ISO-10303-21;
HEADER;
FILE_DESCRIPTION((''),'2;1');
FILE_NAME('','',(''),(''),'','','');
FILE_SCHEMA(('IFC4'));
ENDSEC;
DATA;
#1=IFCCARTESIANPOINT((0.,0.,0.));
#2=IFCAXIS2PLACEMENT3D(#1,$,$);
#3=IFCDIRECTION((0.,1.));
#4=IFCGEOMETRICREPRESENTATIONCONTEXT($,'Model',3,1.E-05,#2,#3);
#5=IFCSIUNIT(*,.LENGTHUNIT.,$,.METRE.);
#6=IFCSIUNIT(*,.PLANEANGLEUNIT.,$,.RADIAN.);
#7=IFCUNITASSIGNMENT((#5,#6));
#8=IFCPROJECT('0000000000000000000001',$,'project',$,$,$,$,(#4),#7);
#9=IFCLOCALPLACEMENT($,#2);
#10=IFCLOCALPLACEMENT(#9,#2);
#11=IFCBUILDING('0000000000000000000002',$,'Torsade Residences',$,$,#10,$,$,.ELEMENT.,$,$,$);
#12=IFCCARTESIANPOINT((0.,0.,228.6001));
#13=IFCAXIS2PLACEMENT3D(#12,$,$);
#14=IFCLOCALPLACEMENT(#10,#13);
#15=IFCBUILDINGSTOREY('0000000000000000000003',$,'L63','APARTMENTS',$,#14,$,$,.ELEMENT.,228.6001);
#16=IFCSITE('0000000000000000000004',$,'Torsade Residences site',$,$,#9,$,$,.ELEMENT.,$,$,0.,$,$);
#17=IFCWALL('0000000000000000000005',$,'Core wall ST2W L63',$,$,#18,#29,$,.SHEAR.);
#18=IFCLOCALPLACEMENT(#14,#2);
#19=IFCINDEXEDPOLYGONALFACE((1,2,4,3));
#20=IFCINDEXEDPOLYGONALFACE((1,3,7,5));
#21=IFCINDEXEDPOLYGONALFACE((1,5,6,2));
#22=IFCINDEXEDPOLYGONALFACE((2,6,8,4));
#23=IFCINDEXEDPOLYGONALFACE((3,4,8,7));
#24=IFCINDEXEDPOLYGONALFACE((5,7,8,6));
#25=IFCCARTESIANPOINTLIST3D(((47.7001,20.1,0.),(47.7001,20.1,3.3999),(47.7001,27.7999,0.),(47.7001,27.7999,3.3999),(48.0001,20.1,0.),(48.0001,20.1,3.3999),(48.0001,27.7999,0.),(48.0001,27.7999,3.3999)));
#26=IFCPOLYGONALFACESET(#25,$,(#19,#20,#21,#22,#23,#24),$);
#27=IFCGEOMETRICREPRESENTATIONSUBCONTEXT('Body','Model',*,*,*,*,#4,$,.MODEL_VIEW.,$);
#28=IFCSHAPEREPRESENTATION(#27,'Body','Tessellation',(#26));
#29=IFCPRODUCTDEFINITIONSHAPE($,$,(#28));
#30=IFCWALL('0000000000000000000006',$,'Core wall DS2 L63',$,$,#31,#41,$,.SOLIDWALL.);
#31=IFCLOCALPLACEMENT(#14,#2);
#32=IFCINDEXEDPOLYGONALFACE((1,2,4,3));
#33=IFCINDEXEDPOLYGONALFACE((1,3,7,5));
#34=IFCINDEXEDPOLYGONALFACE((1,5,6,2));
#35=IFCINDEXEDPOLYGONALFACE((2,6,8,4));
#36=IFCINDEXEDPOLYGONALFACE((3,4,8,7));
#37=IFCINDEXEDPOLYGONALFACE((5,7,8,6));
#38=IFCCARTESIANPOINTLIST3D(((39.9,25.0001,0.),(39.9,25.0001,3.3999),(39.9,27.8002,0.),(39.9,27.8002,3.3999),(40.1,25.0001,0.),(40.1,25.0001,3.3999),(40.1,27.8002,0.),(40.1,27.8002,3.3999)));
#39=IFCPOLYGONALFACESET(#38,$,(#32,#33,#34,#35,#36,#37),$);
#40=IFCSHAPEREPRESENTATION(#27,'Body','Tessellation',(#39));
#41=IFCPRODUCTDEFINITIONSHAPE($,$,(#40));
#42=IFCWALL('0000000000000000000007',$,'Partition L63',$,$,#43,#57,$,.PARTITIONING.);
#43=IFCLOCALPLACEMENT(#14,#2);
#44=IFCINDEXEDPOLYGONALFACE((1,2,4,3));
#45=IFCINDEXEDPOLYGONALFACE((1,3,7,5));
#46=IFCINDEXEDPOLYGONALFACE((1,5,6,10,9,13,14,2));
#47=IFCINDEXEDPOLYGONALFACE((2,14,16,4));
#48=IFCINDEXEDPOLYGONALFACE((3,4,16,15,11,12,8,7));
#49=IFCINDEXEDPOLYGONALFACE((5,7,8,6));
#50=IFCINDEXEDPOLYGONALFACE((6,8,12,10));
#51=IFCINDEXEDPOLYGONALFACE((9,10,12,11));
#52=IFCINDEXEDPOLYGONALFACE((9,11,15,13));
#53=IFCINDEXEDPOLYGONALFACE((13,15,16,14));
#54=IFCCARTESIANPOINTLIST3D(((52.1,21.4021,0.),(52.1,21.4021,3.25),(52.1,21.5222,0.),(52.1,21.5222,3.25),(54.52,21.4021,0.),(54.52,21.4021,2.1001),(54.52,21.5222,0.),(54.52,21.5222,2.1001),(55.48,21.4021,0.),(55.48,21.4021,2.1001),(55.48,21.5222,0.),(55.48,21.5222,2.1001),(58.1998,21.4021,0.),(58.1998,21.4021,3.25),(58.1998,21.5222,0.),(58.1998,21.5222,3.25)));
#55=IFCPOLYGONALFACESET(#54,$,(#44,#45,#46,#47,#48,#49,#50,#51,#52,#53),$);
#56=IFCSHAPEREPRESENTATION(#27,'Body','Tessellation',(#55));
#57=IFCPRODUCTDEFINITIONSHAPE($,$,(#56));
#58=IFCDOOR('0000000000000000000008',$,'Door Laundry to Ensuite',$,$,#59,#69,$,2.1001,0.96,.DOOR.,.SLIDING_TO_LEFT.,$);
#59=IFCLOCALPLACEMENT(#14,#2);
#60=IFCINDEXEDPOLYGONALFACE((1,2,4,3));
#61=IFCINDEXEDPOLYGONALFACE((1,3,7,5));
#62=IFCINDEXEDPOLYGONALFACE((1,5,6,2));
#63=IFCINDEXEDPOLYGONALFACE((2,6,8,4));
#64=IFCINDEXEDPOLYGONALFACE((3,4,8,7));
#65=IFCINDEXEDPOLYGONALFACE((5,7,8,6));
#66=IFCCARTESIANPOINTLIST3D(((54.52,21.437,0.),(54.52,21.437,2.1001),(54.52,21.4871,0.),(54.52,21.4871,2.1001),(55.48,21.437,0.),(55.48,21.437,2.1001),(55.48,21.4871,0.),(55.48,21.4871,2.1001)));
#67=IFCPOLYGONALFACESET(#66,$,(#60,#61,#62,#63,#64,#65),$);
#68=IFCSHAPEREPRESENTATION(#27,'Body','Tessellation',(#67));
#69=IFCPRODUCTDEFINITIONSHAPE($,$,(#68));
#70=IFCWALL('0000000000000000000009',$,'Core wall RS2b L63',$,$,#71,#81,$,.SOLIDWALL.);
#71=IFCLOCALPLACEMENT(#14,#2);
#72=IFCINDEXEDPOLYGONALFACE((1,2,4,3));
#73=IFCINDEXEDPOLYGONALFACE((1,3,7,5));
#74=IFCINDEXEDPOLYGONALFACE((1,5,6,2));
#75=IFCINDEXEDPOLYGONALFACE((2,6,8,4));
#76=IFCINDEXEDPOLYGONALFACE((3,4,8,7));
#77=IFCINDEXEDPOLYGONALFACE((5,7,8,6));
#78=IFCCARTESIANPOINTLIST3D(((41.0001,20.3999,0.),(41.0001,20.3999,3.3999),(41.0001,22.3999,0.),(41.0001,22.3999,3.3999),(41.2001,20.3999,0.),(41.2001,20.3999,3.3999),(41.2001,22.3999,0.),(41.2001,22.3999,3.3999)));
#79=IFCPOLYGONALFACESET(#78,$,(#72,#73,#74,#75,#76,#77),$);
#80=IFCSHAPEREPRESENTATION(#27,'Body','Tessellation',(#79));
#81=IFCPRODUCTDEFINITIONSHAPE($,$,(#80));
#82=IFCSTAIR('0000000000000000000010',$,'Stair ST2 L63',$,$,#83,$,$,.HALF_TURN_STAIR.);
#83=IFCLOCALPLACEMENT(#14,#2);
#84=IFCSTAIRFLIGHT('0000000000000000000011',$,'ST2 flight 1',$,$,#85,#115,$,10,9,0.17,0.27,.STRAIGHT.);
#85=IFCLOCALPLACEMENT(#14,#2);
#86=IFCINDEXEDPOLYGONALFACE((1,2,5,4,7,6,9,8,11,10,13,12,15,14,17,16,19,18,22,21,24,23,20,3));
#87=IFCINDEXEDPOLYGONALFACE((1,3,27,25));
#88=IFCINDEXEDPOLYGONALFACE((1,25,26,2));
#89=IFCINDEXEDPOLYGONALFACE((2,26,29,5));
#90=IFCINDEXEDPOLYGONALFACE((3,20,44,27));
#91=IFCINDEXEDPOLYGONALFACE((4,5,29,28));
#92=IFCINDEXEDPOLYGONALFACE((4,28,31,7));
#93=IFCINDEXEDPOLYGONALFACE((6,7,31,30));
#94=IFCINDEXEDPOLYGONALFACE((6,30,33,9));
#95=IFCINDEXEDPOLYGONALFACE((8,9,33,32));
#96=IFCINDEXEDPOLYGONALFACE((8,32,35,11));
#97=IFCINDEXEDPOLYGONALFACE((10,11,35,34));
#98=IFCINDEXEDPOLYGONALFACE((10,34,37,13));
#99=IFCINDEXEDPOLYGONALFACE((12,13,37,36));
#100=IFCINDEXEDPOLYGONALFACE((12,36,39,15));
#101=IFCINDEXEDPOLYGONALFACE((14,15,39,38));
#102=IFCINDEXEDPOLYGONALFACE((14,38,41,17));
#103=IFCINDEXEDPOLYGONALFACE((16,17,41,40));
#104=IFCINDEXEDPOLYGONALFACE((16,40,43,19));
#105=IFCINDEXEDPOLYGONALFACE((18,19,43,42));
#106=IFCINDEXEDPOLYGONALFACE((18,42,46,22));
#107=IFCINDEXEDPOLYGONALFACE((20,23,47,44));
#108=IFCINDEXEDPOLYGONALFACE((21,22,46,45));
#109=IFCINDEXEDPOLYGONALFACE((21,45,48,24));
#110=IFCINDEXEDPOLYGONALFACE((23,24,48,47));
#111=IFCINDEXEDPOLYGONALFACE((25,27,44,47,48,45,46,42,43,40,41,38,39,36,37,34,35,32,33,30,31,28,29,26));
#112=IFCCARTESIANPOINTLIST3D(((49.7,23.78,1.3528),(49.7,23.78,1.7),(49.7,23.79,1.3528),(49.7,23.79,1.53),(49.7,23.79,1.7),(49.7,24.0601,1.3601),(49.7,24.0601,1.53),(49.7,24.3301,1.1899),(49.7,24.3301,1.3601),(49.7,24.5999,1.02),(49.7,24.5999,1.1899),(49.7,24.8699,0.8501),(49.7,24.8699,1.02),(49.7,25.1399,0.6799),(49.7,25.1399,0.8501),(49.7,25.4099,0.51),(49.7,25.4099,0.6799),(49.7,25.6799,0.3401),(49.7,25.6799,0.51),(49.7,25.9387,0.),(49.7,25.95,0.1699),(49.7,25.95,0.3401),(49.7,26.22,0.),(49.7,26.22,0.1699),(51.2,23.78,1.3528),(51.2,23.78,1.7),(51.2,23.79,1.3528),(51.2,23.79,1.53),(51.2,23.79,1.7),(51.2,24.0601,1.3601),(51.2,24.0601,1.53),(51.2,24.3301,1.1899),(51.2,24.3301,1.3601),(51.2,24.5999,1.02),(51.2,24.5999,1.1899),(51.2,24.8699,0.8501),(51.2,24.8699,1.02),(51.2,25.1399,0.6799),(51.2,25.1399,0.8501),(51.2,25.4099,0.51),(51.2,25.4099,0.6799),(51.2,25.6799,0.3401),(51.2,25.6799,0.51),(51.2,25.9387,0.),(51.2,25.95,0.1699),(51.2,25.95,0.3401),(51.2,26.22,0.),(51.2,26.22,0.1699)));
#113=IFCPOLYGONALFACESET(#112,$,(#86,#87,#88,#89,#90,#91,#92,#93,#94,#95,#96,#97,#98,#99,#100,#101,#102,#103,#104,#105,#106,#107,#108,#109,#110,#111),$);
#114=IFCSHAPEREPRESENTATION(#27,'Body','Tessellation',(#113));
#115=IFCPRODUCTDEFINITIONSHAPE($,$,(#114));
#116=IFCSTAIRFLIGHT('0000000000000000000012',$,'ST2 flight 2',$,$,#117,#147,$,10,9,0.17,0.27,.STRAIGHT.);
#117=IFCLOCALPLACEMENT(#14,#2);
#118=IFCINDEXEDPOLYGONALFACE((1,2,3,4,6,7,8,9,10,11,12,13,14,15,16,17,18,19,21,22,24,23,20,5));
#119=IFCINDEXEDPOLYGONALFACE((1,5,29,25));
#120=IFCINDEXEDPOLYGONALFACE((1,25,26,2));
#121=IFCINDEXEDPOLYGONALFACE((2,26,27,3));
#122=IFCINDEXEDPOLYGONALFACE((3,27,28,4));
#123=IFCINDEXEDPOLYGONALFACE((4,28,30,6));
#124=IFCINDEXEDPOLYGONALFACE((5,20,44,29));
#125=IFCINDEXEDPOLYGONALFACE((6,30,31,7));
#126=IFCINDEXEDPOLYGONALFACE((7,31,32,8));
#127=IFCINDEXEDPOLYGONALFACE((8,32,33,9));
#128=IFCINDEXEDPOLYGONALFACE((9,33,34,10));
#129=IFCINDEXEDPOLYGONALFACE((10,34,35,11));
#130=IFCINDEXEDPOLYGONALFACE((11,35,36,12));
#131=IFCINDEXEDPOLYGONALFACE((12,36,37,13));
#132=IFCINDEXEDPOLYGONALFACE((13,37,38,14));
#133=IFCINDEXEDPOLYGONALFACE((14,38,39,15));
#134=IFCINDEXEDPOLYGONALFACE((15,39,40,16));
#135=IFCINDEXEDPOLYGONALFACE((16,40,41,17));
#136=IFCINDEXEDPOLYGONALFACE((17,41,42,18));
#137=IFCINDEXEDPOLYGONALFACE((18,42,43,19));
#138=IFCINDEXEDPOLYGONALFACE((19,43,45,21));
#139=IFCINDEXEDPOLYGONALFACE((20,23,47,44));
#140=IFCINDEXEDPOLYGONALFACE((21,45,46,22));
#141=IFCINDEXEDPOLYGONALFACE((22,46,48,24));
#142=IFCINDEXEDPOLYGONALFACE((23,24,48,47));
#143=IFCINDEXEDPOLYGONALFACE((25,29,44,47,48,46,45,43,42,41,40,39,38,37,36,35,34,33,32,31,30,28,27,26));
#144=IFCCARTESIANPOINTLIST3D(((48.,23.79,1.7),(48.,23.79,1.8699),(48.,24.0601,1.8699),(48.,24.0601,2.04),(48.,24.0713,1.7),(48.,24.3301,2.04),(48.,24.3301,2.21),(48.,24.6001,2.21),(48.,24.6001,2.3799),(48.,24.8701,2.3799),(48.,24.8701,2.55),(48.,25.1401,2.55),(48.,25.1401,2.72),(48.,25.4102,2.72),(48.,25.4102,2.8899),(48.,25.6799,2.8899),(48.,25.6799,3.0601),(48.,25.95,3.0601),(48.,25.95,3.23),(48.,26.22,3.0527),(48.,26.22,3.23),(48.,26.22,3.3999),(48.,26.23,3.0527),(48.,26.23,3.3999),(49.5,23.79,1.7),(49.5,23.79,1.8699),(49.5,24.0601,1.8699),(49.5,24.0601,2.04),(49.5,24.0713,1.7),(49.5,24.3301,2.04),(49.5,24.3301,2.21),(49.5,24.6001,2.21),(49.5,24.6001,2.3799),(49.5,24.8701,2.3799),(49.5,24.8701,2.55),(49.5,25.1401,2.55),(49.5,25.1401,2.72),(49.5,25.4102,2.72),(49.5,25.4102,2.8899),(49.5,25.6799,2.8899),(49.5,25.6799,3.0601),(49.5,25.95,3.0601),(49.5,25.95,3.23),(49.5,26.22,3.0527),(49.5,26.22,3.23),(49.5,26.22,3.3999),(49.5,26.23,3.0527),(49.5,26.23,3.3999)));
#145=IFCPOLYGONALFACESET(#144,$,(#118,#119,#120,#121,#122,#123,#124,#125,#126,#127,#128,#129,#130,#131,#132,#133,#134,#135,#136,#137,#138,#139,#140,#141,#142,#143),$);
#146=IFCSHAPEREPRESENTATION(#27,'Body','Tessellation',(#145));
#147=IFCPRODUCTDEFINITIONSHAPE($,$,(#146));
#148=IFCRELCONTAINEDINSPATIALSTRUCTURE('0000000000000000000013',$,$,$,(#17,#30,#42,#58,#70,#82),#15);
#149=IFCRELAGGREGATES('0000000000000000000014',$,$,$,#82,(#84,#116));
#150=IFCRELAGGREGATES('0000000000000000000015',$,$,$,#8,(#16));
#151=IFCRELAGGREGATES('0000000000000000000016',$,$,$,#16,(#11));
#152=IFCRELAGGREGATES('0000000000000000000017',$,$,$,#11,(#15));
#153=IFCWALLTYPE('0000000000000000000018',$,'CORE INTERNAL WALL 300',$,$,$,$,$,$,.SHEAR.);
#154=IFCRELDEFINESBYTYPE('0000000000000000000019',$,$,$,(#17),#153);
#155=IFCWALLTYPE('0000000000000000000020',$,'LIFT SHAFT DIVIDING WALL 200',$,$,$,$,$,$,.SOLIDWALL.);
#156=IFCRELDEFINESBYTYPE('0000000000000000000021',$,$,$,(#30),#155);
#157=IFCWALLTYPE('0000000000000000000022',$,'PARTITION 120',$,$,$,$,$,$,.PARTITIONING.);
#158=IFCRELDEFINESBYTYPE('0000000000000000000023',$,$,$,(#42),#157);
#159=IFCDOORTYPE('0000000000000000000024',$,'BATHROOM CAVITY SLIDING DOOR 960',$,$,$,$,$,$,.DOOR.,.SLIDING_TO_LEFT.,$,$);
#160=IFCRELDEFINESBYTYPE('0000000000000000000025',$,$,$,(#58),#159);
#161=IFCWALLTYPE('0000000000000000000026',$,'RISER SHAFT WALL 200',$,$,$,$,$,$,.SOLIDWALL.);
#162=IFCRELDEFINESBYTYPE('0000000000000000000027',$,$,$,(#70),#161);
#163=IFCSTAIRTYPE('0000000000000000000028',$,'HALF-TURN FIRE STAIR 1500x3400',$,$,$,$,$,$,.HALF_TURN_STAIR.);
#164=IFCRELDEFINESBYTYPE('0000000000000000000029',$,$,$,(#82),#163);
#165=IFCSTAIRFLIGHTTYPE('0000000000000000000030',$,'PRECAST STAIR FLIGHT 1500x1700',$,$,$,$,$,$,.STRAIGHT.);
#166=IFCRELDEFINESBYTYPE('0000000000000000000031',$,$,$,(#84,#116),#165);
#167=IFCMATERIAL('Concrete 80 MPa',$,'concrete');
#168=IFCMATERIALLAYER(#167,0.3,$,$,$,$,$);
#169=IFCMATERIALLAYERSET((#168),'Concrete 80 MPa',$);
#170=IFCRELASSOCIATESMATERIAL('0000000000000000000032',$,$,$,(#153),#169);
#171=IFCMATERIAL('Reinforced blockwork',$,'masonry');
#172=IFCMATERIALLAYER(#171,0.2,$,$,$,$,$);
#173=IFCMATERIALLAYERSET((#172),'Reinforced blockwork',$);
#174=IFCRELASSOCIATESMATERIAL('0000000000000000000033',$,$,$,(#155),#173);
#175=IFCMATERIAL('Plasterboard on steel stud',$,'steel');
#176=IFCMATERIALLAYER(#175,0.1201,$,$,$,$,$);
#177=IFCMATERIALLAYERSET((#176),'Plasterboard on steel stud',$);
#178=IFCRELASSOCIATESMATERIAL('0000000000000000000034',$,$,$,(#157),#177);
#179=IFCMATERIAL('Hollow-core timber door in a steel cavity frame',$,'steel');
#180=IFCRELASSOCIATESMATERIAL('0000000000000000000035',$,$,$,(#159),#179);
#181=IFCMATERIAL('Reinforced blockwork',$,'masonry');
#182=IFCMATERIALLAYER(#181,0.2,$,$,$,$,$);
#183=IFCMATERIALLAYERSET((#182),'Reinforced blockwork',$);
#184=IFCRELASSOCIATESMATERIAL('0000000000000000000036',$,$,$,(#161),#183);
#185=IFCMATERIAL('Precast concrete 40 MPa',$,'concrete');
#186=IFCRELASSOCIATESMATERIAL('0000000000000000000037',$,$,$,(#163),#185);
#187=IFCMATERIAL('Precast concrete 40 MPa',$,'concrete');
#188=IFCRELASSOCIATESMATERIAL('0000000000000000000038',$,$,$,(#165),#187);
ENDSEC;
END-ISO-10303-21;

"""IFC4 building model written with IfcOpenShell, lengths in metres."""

from ifc_helpers import new_model, si_unit, direction, frame, frame_2d, origin, place, context, subcontext, project, spatial, polyline, rectangle, outline, extrude, material, layer, layer_set, type_object, element, fill, aggregate, save


model = new_model("IFC4")

# Units and contexts
model_context = context("Model", 3, precision=1e-05, world=origin(), true_north=direction((0.0, 1.0)))
body_context = subcontext(model_context, "Body", "Model", "MODEL_VIEW")
ifc_project = project(units=[si_unit("LENGTHUNIT", "METRE"), si_unit("PLANEANGLEUNIT", "RADIAN")], contexts=[model_context])

# Site, building, storey
site_placement = place(None, origin())
site = spatial("IfcSite", under=ifc_project, at=site_placement, Name="Torsade Residences site", CompositionType="ELEMENT", RefElevation=0.0)
building_placement = place(site_placement, origin())
building = spatial("IfcBuilding", under=site, at=building_placement, Name="Torsade Residences", CompositionType="ELEMENT")
storey_placement = place(building_placement, frame((0.0, 0.0, 228.6001)))
storey = spatial("IfcBuildingStorey", under=building, at=storey_placement, Name="L63", Description="APARTMENTS", CompositionType="ELEMENT", Elevation=228.6001)

# Shared definitions
ifc_material_1 = material(Name="Concrete 80 MPa", Category="concrete")
ifc_layer_1 = layer(ifc_material_1, 0.3)
ifc_layer_set_1 = layer_set([ifc_layer_1], Name="Concrete 80 MPa")
wall_type_1 = type_object("IfcWallType", Name="CORE INTERNAL WALL 300", PredefinedType="SHEAR", material=ifc_layer_set_1)

# Walls
wall_1_placement = place(storey_placement, frame((47.8501, 27.8, 0.0), z_axis=(0.0, 0.0, 1.0), x_axis=(0.0, -1.0, 0.0)))
element("IfcWall", 1, at=wall_1_placement, inside=storey, type_object=wall_type_1, Name="Core wall ST2W L63", PredefinedType="SHEAR", context=body_context, shape_type="SweptSolid", body=[
    extrude(rectangle(XDim=7.7, YDim=0.3, at=frame_2d((3.8501, 0.0))), origin(), (0.0, 0.0, 1.0), 3.3999),
])
ifc_material_2 = material(Name="Reinforced blockwork", Category="masonry")
ifc_layer_2 = layer(ifc_material_2, 0.2)
ifc_layer_set_2 = layer_set([ifc_layer_2], Name="Reinforced blockwork")
wall_type_2 = type_object("IfcWallType", Name="LIFT SHAFT DIVIDING WALL 200", PredefinedType="SOLIDWALL", material=ifc_layer_set_2)
wall_2_placement = place(storey_placement, frame((40.0, 27.8, 0.0), z_axis=(0.0, 0.0, 1.0), x_axis=(0.0, -1.0, 0.0)))
element("IfcWall", 2, at=wall_2_placement, inside=storey, type_object=wall_type_2, Name="Core wall DS2 L63", PredefinedType="SOLIDWALL", context=body_context, shape_type="SweptSolid", body=[
    extrude(rectangle(XDim=2.8, YDim=0.2, at=frame_2d((1.3999, 0.0))), origin(), (0.0, 0.0, 1.0), 3.3999),
])

# Wall, opening, door
ifc_material_3 = material(Name="Plasterboard on steel stud", Category="steel")
ifc_layer_3 = layer(ifc_material_3, 0.1201)
ifc_layer_set_3 = layer_set([ifc_layer_3], Name="Plasterboard on steel stud")
wall_type_3 = type_object("IfcWallType", Name="PARTITION 120", PredefinedType="PARTITIONING", material=ifc_layer_set_3)
wall_3_placement = place(storey_placement, frame((52.1001, 21.4622, 0.0), z_axis=(0.0, 0.0, 1.0), x_axis=(1.0, 0.0, 0.0)))
wall_3 = element("IfcWall", 3, at=wall_3_placement, inside=storey, type_object=wall_type_3, Name="Partition L63", PredefinedType="PARTITIONING", context=body_context, shape_type="SweptSolid", body=[
    extrude(rectangle(XDim=6.0999, YDim=0.1201, at=frame_2d((3.0498, 0.0))), origin(), (0.0, 0.0, 1.0), 3.25),
])
opening_1_placement = place(wall_3_placement, frame((2.4199, 0.0, 0.0)))
opening_1 = element("IfcOpeningElement", 4, at=opening_1_placement, cuts=wall_3, PredefinedType="OPENING", context=body_context, shape_type="SweptSolid", body=[
    extrude(rectangle(XDim=0.96, YDim=2.1001, at=frame_2d((0.48, 1.05))), frame((0.0, 0.0701, 0.0), z_axis=(0.0, -1.0, 0.0), x_axis=(1.0, 0.0, 0.0)), (0.0, 0.0, 1.0), 0.1401),
])
ifc_material_4 = material(Name="Hollow-core timber door in a steel cavity frame", Category="steel")
door_type_1 = type_object("IfcDoorType", Name="BATHROOM CAVITY SLIDING DOOR 960", OperationType="SLIDING_TO_LEFT", PredefinedType="DOOR", material=ifc_material_4)
door_1_placement = place(opening_1_placement, origin())
door_1 = element("IfcDoor", 5, at=door_1_placement, inside=storey, type_object=door_type_1, Name="Door Laundry to Ensuite", OperationType="SLIDING_TO_LEFT", OverallHeight=2.1001, OverallWidth=0.96, PredefinedType="DOOR", context=body_context, shape_type="SweptSolid", body=[
    extrude(rectangle(XDim=0.96, YDim=2.1001, at=frame_2d((0.48, 1.05))), frame((0.0, 0.0249, 0.0), z_axis=(0.0, -1.0, 0.0), x_axis=(1.0, 0.0, 0.0)), (0.0, 0.0, 1.0), 0.05),
])
fill(opening_1, door_1)

# Wall
ifc_material_5 = material(Name="Reinforced blockwork", Category="masonry")
ifc_layer_4 = layer(ifc_material_5, 0.2)
ifc_layer_set_4 = layer_set([ifc_layer_4], Name="Reinforced blockwork")
wall_type_4 = type_object("IfcWallType", Name="RISER SHAFT WALL 200", PredefinedType="SOLIDWALL", material=ifc_layer_set_4)
wall_4_placement = place(storey_placement, frame((41.1001, 22.3999, 0.0), z_axis=(0.0, 0.0, 1.0), x_axis=(0.0, -1.0, 0.0)))
element("IfcWall", 6, at=wall_4_placement, inside=storey, type_object=wall_type_4, Name="Core wall RS2b L63", PredefinedType="SOLIDWALL", context=body_context, shape_type="SweptSolid", body=[
    extrude(rectangle(XDim=2.0, YDim=0.2, at=frame_2d((1.0, 0.0))), origin(), (0.0, 0.0, 1.0), 3.3999),
])

# Stair, stair flights
ifc_material_6 = material(Name="Precast concrete 40 MPa", Category="concrete")
stair_type = type_object("IfcStairType", Name="HALF-TURN FIRE STAIR 1500x3400", PredefinedType="HALF_TURN_STAIR", material=ifc_material_6)
stair_placement = place(storey_placement, origin())
stair = element("IfcStair", 7, at=stair_placement, inside=storey, type_object=stair_type, Name="Stair ST2 L63", PredefinedType="HALF_TURN_STAIR")
ifc_material_7 = material(Name="Precast concrete 40 MPa", Category="concrete")
stair_flight_type = type_object("IfcStairFlightType", Name="PRECAST STAIR FLIGHT 1500x1700", PredefinedType="STRAIGHT", material=ifc_material_7)
stair_flight_1_placement = place(storey_placement, frame((50.45, 26.22, 0.0), z_axis=(0.0, 0.0, 1.0), x_axis=(0.0, -1.0, 0.0)))
stair_flight_1 = element("IfcStairFlight", 8, at=stair_flight_1_placement, type_object=stair_flight_type, Name="ST2 flight 1", NumberOfRisers=10, NumberOfTreads=9, PredefinedType="STRAIGHT", RiserHeight=0.17, TreadLength=0.27, context=body_context, shape_type="SweptSolid", body=[
    extrude(outline(polyline([(0.0, 0.0), (0.0, 0.1699), (0.27, 0.1699), (0.27, 0.3401), (0.54, 0.3401), (0.54, 0.51), (0.8101, 0.51), (0.8101, 0.6799), (1.0801, 0.6799), (1.0801, 0.8501), (1.3501, 0.8501), (1.3501, 1.02), (1.6201, 1.02), (1.6201, 1.1899), (1.8899, 1.1899), (1.8899, 1.3601), (2.1599, 1.3601), (2.1599, 1.53), (2.4299, 1.53), (2.4299, 1.7), (2.4399, 1.7), (2.4399, 1.3528), (2.4299, 1.3528), (0.2812, 0.0), (0.0, 0.0)])), frame((0.0, 0.75, 0.0), z_axis=(0.0, -1.0, 0.0), x_axis=(1.0, 0.0, 0.0)), (0.0, 0.0, 1.0), 1.5),
])
stair_flight_2_placement = place(storey_placement, frame((48.75, 23.79, 1.7), z_axis=(0.0, 0.0, 1.0), x_axis=(0.0, 1.0, 0.0)))
stair_flight_2 = element("IfcStairFlight", 9, at=stair_flight_2_placement, type_object=stair_flight_type, Name="ST2 flight 2", NumberOfRisers=10, NumberOfTreads=9, PredefinedType="STRAIGHT", RiserHeight=0.17, TreadLength=0.27, context=body_context, shape_type="SweptSolid", body=[
    extrude(outline(polyline([(0.0, 0.0), (0.0, 0.1699), (0.27, 0.1699), (0.27, 0.3401), (0.54, 0.3401), (0.54, 0.51), (0.8101, 0.51), (0.8101, 0.6799), (1.0801, 0.6799), (1.0801, 0.8501), (1.3501, 0.8501), (1.3501, 1.02), (1.6201, 1.02), (1.6201, 1.1899), (1.8899, 1.1899), (1.8899, 1.3601), (2.1599, 1.3601), (2.1599, 1.53), (2.4299, 1.53), (2.4299, 1.7), (2.4399, 1.7), (2.4399, 1.3528), (2.4299, 1.3528), (0.2812, 0.0), (0.0, 0.0)])), frame((0.0, 0.75, 0.0), z_axis=(0.0, -1.0, 0.0), x_axis=(1.0, 0.0, 0.0)), (0.0, 0.0, 1.0), 1.5),
])
aggregate(stair, [stair_flight_1, stair_flight_2])

save(model, "model.ifc")
